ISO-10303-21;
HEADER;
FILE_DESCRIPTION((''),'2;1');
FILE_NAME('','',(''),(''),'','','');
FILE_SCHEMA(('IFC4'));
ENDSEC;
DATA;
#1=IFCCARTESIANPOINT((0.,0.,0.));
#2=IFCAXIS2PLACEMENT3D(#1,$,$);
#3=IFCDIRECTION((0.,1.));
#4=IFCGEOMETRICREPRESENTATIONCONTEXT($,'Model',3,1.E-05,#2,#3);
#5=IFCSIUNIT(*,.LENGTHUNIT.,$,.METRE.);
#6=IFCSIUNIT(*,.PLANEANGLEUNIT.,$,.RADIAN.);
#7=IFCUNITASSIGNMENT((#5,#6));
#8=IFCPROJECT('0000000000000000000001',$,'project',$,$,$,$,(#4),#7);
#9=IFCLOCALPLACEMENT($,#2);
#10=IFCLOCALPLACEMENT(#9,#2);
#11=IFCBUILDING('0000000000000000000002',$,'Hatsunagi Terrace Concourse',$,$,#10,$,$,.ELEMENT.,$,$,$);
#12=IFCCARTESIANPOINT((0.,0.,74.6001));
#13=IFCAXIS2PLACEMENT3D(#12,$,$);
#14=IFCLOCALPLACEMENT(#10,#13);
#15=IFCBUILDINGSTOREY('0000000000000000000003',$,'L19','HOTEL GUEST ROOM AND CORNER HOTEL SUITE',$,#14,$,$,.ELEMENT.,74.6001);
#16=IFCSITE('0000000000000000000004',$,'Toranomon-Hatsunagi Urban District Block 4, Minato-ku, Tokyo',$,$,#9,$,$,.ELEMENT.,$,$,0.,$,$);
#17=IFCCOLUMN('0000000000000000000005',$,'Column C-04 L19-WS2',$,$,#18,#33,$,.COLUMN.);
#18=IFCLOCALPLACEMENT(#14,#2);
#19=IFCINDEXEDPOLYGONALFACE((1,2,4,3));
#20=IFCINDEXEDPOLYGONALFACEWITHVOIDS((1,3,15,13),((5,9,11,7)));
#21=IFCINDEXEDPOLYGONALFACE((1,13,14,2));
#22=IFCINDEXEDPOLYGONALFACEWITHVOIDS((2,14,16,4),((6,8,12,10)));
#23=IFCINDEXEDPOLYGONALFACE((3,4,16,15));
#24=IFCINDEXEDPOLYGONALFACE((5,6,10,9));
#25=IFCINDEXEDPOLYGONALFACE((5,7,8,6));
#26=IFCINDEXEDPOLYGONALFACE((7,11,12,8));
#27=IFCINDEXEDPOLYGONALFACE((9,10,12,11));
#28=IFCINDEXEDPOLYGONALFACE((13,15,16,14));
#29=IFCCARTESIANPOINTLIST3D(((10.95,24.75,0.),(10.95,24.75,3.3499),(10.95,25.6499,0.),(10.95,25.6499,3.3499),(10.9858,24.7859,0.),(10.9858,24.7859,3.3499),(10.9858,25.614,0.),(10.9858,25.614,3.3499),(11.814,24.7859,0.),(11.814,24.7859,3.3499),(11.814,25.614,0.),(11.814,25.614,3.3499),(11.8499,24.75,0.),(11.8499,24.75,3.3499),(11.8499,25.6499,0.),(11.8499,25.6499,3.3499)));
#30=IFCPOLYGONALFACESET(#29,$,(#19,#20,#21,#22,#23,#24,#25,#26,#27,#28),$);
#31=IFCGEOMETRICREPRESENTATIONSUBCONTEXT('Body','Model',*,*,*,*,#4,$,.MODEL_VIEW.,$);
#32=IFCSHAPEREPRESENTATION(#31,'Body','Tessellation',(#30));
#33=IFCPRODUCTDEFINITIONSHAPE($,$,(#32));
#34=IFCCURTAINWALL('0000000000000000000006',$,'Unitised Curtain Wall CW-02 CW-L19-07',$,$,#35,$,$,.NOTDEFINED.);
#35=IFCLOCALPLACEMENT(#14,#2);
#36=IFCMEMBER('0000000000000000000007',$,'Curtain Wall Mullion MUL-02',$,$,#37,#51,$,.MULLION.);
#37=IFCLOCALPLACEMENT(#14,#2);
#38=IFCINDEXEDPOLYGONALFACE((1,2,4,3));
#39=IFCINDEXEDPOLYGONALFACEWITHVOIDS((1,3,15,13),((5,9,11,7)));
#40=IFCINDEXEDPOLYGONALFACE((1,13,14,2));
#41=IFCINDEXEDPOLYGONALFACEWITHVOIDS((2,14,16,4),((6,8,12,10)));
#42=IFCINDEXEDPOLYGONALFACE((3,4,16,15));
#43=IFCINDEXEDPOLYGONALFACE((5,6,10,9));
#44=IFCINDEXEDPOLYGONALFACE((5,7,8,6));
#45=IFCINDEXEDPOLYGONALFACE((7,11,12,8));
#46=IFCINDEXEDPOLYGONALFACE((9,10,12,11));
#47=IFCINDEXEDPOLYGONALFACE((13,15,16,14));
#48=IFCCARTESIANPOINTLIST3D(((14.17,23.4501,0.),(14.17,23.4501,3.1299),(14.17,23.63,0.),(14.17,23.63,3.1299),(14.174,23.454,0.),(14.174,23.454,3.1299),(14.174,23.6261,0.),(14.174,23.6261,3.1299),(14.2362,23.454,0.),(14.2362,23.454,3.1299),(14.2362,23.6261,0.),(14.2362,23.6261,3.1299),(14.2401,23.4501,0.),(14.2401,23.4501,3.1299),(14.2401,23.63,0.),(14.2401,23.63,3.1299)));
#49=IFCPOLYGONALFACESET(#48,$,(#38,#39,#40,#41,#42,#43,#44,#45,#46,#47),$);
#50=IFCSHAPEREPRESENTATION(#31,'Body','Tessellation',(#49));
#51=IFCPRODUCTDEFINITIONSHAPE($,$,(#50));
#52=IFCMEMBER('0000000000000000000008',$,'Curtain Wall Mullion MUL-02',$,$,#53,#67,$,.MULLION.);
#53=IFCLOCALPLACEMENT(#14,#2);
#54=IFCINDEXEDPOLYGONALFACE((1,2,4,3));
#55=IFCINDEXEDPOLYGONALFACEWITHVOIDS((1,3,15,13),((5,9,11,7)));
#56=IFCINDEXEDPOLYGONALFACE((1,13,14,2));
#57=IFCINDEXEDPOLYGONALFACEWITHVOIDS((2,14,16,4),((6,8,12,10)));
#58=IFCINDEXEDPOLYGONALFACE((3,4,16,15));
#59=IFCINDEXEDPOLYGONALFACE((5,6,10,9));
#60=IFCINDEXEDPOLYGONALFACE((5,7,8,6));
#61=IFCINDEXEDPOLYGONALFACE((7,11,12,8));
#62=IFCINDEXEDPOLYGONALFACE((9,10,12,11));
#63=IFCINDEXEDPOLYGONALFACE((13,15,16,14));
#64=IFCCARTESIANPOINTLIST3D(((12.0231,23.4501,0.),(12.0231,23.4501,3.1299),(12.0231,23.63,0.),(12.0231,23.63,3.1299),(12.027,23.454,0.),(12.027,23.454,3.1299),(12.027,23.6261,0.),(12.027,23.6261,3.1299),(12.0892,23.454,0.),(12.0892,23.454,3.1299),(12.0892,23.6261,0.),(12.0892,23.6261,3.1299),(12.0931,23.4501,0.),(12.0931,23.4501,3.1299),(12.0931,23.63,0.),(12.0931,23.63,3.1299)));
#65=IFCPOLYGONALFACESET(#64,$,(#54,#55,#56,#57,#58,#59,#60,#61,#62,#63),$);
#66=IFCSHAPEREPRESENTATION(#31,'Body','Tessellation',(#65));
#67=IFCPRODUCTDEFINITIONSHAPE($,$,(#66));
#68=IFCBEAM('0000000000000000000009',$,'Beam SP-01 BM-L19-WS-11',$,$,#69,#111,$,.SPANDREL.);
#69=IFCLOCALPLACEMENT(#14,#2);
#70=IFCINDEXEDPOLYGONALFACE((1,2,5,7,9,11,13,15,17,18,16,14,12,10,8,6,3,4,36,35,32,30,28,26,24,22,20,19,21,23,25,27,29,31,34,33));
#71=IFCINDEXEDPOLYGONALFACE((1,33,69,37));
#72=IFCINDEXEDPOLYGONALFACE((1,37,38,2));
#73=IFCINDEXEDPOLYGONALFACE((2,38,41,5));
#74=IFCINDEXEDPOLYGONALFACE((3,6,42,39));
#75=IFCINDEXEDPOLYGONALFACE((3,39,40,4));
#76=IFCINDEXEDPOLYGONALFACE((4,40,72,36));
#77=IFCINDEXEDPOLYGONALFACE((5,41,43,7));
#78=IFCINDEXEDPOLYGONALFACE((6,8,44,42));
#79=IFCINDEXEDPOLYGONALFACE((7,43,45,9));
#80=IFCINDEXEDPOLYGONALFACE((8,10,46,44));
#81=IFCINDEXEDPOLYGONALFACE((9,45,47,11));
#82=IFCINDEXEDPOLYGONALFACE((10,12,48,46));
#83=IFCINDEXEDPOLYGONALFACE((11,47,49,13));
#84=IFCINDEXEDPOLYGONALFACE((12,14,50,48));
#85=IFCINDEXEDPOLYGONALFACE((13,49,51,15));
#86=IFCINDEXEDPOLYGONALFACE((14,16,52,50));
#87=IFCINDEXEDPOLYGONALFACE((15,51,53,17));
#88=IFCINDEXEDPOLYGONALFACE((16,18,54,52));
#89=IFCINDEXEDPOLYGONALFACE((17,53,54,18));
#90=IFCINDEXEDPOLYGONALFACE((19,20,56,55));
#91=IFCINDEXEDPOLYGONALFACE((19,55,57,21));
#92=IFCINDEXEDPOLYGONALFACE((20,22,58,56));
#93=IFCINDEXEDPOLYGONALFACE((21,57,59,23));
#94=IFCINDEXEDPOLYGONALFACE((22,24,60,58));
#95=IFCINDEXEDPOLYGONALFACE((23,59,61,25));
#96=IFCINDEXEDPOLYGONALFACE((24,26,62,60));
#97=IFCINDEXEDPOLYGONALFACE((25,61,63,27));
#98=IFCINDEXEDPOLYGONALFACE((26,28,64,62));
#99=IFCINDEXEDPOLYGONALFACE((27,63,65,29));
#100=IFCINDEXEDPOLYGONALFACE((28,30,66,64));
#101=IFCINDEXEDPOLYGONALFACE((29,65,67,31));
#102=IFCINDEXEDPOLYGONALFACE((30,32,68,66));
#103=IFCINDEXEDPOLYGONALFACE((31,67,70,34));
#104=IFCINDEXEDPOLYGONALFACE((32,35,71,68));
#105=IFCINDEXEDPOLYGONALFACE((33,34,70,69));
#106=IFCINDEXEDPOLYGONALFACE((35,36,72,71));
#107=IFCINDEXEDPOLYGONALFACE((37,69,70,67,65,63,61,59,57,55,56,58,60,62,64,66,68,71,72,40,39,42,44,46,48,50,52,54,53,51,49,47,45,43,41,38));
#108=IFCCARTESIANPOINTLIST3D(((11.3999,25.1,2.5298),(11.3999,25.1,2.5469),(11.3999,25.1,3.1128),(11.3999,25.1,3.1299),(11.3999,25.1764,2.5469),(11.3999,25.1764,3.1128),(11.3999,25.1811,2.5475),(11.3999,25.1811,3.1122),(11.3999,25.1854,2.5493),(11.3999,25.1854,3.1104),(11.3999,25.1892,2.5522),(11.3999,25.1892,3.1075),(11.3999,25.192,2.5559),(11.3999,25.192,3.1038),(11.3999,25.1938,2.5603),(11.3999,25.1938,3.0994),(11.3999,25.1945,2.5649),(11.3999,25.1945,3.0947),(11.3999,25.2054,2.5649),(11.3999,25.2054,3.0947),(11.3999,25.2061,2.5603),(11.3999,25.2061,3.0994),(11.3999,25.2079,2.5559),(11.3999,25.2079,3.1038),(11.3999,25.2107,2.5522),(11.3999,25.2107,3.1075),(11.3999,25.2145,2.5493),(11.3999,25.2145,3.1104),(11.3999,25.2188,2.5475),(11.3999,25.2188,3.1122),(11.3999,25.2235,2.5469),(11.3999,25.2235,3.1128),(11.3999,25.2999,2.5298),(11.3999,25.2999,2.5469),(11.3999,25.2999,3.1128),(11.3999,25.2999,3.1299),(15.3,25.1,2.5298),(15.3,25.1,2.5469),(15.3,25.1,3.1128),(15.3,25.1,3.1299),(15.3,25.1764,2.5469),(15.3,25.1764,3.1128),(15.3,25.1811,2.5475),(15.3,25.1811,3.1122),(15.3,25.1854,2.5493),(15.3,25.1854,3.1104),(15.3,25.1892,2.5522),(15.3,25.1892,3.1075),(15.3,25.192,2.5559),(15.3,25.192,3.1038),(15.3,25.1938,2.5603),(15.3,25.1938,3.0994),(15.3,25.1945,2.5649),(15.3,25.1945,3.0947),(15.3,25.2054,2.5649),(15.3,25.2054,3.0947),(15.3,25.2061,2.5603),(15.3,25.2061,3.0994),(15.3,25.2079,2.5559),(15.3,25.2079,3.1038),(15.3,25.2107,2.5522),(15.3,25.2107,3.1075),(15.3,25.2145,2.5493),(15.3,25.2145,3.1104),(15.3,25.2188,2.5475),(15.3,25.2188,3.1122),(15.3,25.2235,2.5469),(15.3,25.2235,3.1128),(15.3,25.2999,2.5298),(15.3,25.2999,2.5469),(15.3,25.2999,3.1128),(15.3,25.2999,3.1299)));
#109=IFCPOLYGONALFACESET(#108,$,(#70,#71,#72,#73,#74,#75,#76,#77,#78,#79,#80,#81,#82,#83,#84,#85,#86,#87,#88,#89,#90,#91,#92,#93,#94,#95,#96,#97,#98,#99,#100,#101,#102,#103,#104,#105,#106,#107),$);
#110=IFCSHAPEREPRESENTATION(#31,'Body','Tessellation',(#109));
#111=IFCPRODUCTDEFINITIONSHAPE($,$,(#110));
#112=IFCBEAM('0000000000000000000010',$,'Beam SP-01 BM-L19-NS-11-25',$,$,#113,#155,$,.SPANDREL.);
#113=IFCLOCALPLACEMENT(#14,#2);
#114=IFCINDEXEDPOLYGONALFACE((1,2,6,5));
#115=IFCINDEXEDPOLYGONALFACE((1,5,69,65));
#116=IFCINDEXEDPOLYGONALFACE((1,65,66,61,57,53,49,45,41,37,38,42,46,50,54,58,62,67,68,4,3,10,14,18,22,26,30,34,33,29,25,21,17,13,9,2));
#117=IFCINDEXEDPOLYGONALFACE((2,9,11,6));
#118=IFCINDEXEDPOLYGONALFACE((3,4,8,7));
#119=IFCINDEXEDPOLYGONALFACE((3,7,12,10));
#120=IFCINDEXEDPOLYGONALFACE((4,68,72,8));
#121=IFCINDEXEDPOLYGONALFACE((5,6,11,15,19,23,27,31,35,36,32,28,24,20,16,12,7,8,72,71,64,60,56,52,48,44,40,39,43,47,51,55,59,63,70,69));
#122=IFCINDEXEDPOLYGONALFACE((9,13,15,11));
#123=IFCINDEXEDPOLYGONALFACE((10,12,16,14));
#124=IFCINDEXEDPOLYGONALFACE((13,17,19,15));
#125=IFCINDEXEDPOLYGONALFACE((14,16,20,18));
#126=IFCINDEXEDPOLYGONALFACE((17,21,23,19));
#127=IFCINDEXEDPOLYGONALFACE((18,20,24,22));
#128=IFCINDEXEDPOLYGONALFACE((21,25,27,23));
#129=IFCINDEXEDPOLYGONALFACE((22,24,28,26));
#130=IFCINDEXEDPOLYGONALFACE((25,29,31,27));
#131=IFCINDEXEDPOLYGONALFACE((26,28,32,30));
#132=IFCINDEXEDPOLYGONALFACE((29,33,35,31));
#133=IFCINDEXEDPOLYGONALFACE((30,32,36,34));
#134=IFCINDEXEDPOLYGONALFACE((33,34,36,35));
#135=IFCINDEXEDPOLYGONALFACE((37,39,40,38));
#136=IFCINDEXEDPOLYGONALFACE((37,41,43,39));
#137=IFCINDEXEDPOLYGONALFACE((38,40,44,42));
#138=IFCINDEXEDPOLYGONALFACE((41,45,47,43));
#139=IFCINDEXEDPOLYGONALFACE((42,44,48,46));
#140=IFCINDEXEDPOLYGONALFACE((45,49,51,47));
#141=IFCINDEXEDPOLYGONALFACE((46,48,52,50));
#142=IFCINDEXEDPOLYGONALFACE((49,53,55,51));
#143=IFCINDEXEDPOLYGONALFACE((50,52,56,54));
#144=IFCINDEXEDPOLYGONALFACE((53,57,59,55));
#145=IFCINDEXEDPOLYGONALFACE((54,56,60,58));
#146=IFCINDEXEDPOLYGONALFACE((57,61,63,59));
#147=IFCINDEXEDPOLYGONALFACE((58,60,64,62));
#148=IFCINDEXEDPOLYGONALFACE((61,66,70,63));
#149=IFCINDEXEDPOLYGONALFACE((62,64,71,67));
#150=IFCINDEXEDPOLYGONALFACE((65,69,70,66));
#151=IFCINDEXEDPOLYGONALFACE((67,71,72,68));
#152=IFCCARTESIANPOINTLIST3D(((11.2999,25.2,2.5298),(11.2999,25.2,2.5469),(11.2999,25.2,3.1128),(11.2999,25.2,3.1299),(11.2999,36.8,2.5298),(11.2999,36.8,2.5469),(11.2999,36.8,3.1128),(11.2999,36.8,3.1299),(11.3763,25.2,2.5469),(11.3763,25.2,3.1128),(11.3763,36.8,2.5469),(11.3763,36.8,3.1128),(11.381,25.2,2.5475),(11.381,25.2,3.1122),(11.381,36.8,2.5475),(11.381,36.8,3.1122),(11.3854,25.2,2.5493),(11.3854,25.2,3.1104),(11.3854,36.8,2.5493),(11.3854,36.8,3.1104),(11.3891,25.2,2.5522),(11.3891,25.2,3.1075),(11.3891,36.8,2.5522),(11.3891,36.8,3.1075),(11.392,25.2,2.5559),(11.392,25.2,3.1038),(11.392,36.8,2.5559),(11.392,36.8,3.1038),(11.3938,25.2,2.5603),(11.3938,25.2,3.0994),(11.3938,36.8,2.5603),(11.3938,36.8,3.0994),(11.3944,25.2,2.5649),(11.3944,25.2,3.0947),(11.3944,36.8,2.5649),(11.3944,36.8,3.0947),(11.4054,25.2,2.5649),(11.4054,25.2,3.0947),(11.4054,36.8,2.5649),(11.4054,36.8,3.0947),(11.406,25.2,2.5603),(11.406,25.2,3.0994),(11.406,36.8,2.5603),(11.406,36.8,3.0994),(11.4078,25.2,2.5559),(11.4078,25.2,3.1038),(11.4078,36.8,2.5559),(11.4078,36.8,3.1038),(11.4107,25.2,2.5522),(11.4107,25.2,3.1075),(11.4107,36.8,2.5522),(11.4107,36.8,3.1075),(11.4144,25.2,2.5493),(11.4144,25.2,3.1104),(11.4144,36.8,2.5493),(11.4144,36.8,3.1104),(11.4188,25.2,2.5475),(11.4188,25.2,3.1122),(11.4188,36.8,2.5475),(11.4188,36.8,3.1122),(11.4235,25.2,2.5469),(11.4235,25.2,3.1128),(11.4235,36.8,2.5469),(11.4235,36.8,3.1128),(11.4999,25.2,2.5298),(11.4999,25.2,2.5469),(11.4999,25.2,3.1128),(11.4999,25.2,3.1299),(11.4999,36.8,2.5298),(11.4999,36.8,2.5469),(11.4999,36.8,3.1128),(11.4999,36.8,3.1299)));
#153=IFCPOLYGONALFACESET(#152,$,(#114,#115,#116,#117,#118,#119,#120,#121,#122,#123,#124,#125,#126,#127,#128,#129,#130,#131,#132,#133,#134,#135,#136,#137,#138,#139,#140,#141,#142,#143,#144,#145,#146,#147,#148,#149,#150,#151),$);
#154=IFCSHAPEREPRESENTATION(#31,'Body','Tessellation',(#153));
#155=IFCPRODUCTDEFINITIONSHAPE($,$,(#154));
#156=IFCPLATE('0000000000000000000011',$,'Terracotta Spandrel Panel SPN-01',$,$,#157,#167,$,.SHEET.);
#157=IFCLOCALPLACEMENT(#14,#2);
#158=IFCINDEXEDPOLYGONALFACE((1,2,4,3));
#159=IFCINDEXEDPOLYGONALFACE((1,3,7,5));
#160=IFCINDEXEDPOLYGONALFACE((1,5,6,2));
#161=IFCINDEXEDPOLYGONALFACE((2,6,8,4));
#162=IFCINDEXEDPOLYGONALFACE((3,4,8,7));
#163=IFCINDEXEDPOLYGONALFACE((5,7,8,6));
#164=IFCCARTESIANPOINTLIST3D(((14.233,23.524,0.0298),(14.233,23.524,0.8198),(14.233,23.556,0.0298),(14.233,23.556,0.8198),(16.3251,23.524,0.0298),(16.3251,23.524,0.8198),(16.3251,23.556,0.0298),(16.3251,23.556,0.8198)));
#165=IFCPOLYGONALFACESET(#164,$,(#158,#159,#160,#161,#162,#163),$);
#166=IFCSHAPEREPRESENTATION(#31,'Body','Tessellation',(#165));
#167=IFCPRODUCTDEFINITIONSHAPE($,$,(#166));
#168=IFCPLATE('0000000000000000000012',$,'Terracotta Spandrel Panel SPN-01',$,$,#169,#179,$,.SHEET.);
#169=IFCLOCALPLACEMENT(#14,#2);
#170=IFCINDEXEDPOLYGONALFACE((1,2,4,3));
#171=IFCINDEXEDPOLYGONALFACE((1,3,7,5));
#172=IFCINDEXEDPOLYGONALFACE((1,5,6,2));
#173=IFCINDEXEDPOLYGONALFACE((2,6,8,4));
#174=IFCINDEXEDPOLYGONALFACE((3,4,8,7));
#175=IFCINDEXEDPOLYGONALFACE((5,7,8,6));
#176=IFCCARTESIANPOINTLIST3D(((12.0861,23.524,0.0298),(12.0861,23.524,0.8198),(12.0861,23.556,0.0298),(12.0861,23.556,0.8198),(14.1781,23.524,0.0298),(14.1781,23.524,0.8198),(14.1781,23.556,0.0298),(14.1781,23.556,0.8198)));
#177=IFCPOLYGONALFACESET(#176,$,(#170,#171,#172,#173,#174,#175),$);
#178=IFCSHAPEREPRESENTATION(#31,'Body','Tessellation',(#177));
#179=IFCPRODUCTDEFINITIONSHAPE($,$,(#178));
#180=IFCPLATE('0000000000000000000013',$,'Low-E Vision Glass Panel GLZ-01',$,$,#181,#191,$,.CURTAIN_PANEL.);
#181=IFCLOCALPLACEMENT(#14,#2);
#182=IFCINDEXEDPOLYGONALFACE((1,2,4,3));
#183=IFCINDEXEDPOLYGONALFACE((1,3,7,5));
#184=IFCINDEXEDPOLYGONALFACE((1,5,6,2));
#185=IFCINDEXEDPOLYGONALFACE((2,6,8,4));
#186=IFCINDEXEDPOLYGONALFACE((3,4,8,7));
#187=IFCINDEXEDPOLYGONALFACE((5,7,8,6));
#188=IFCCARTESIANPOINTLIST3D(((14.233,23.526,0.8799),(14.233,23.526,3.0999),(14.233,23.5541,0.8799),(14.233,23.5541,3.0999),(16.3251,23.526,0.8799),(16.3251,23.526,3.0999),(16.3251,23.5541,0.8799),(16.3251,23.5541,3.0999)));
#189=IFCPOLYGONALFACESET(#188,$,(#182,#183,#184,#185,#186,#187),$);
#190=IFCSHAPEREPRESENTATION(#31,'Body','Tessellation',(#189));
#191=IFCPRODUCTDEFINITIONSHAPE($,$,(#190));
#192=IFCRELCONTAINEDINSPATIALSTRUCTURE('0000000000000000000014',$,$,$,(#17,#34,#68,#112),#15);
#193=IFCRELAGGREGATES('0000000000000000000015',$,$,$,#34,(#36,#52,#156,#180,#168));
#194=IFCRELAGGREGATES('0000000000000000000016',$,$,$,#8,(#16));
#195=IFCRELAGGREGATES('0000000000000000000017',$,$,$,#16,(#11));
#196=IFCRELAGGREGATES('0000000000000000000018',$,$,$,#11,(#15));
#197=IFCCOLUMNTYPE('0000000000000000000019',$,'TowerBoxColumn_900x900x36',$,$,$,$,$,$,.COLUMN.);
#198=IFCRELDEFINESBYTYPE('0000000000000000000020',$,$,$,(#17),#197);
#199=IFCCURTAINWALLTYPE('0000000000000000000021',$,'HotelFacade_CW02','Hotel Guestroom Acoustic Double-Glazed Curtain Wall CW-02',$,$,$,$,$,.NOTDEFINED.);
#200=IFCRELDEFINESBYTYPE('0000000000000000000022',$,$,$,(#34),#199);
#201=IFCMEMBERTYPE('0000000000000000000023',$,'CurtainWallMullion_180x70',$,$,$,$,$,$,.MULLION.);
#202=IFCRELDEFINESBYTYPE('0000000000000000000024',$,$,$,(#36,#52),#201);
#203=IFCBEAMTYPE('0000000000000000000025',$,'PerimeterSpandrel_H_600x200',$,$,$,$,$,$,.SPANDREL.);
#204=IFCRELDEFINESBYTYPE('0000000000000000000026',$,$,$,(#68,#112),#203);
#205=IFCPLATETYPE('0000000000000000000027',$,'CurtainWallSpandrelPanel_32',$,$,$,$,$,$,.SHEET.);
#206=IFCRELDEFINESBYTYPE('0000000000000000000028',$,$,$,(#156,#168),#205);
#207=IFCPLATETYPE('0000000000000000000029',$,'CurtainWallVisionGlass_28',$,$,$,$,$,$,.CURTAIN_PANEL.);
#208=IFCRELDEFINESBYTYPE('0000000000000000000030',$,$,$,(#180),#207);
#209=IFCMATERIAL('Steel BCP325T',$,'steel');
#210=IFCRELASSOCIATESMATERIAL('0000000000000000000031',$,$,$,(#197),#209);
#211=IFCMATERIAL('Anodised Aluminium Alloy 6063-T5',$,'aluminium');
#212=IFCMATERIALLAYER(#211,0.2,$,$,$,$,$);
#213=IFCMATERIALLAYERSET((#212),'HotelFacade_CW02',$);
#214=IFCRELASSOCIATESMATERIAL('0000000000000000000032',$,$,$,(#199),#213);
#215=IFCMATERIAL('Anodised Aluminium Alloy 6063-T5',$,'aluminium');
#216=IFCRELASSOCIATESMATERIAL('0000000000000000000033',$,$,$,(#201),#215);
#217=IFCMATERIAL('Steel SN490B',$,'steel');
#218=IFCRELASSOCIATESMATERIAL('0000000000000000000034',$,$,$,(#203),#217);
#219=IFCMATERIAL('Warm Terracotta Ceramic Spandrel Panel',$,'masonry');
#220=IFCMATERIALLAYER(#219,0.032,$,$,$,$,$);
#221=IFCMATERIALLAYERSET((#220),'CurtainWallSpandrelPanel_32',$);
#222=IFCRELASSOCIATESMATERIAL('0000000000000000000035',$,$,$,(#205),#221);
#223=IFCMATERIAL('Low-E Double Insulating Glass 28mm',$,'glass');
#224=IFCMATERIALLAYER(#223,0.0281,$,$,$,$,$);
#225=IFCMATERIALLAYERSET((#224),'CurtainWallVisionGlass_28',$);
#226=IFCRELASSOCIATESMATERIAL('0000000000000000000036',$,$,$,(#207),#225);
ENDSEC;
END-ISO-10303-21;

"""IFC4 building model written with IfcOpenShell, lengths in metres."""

from ifc_helpers import new_model, si_unit, direction, frame, origin, origin_2d, place, context, subcontext, project, spatial, rectangle, hollow_rectangle, i_section, extrude, material, layer, layer_set, material_profile, profile_set, type_object, element, aggregate, save


model = new_model("IFC4")

# Units and contexts
model_context = context("Model", 3, precision=1e-05, world=origin(), true_north=direction((0.0, 1.0)))
body_context = subcontext(model_context, "Body", "Model", "MODEL_VIEW")
ifc_project = project(units=[si_unit("LENGTHUNIT", "METRE"), si_unit("PLANEANGLEUNIT", "RADIAN")], contexts=[model_context])

# Site, building, storey
site_placement = place(None, origin())
site = spatial("IfcSite", under=ifc_project, at=site_placement, Name="Toranomon-Hatsunagi Urban District Block 4, Minato-ku, Tokyo", CompositionType="ELEMENT", RefElevation=0.0)
building_placement = place(site_placement, origin())
building = spatial("IfcBuilding", under=site, at=building_placement, Name="Hatsunagi Terrace Concourse", CompositionType="ELEMENT")
storey_placement = place(building_placement, frame((0.0, 0.0, 74.6001)))
storey = spatial("IfcBuildingStorey", under=building, at=storey_placement, Name="L19", Description="HOTEL GUEST ROOM AND CORNER HOTEL SUITE", CompositionType="ELEMENT", Elevation=74.6001)

# Column
ifc_material_1 = material(Name="Steel BCP325T", Category="steel")
ifc_material_profile_1 = material_profile(ifc_material_1, hollow_rectangle(XDim=0.8999, YDim=0.8999, WallThickness=0.0359, at=origin_2d()), Name="BCP-900x900x36")
ifc_profile_set_1 = profile_set([ifc_material_profile_1], Name="Steel BCP325T")
column_type = type_object("IfcColumnType", Name="TowerBoxColumn_900x900x36", PredefinedType="COLUMN", material=ifc_profile_set_1)
column_placement = place(storey_placement, frame((11.3999, 25.2, 0.0), z_axis=(0.0, 0.0, 1.0), x_axis=(1.0, 0.0, 0.0)))
element("IfcColumn", 1, at=column_placement, inside=storey, type_object=column_type, Name="Column C-04 L19-WS2", PredefinedType="COLUMN", context=body_context, shape_type="SweptSolid", body=[
    extrude(hollow_rectangle(XDim=0.8999, YDim=0.8999, WallThickness=0.0359, at=origin_2d()), origin(), (0.0, 0.0, 1.0), 3.3499),
])

# Curtain wall, members
ifc_material_2 = material(Name="Anodised Aluminium Alloy 6063-T5", Category="aluminium")
ifc_layer_1 = layer(ifc_material_2, 0.2)
ifc_layer_set_1 = layer_set([ifc_layer_1], Name="HotelFacade_CW02")
curtain_wall_type = type_object("IfcCurtainWallType", Name="HotelFacade_CW02", Description="Hotel Guestroom Acoustic Double-Glazed Curtain Wall CW-02", PredefinedType="NOTDEFINED", material=ifc_layer_set_1)
curtain_wall_placement = place(storey_placement, origin())
curtain_wall = element("IfcCurtainWall", 2, at=curtain_wall_placement, inside=storey, type_object=curtain_wall_type, Name="Unitised Curtain Wall CW-02 CW-L19-07", PredefinedType="NOTDEFINED")
ifc_material_3 = material(Name="Anodised Aluminium Alloy 6063-T5", Category="aluminium")
ifc_material_profile_2 = material_profile(ifc_material_3, hollow_rectangle(XDim=0.0701, YDim=0.1799, WallThickness=0.0039, at=origin_2d()), Name="ALU-MUL-180x70x4")
ifc_profile_set_2 = profile_set([ifc_material_profile_2], Name="Anodised Aluminium Alloy 6063-T5")
member_type = type_object("IfcMemberType", Name="CurtainWallMullion_180x70", PredefinedType="MULLION", material=ifc_profile_set_2)
member_1_placement = place(storey_placement, frame((14.2051, 23.54, 0.0), z_axis=(0.0, 0.0, 1.0), x_axis=(-1.0, 0.0, 0.0)))
member_1 = element("IfcMember", 3, at=member_1_placement, type_object=member_type, Name="Curtain Wall Mullion MUL-02", PredefinedType="MULLION", context=body_context, shape_type="SweptSolid", body=[
    extrude(hollow_rectangle(XDim=0.0701, YDim=0.1799, WallThickness=0.0039, at=origin_2d()), origin(), (0.0, 0.0, 1.0), 3.1299),
])
member_2_placement = place(storey_placement, frame((12.0581, 23.54, 0.0), z_axis=(0.0, 0.0, 1.0), x_axis=(-1.0, 0.0, 0.0)))
member_2 = element("IfcMember", 4, at=member_2_placement, type_object=member_type, Name="Curtain Wall Mullion MUL-02", PredefinedType="MULLION", context=body_context, shape_type="SweptSolid", body=[
    extrude(hollow_rectangle(XDim=0.0701, YDim=0.1799, WallThickness=0.0039, at=origin_2d()), origin(), (0.0, 0.0, 1.0), 3.1299),
])

# Beams
ifc_material_4 = material(Name="Steel SN490B", Category="steel")
ifc_material_profile_3 = material_profile(ifc_material_4, i_section(OverallWidth=0.2, OverallDepth=0.6001, WebThickness=0.011, FlangeThickness=0.0171, FilletRadius=0.0181, at=origin_2d()), Name="H-600x200x11x17")
ifc_profile_set_3 = profile_set([ifc_material_profile_3], Name="Steel SN490B")
beam_type = type_object("IfcBeamType", Name="PerimeterSpandrel_H_600x200", PredefinedType="SPANDREL", material=ifc_profile_set_3)
beam_1_placement = place(storey_placement, frame((11.3999, 25.2, 2.8298), z_axis=(1.0, 0.0, 0.0), x_axis=(0.0, 1.0, 0.0)))
element("IfcBeam", 5, at=beam_1_placement, inside=storey, type_object=beam_type, Name="Beam SP-01 BM-L19-WS-11", PredefinedType="SPANDREL", context=body_context, shape_type="SweptSolid", body=[
    extrude(i_section(OverallWidth=0.2, OverallDepth=0.6001, WebThickness=0.011, FlangeThickness=0.0171, FilletRadius=0.0181, at=origin_2d()), origin(), (0.0, 0.0, 1.0), 3.9001),
])
beam_2_placement = place(storey_placement, frame((11.3999, 25.2, 2.8298), z_axis=(0.0, 1.0, 0.0), x_axis=(-1.0, 0.0, 0.0)))
element("IfcBeam", 6, at=beam_2_placement, inside=storey, type_object=beam_type, Name="Beam SP-01 BM-L19-NS-11-25", PredefinedType="SPANDREL", context=body_context, shape_type="SweptSolid", body=[
    extrude(i_section(OverallWidth=0.2, OverallDepth=0.6001, WebThickness=0.011, FlangeThickness=0.0171, FilletRadius=0.0181, at=origin_2d()), origin(), (0.0, 0.0, 1.0), 11.6001),
])

# Plates
ifc_material_5 = material(Name="Warm Terracotta Ceramic Spandrel Panel", Category="masonry")
ifc_layer_2 = layer(ifc_material_5, 0.032)
ifc_layer_set_2 = layer_set([ifc_layer_2], Name="CurtainWallSpandrelPanel_32")
plate_type_1 = type_object("IfcPlateType", Name="CurtainWallSpandrelPanel_32", PredefinedType="SHEET", material=ifc_layer_set_2)
plate_1_placement = place(storey_placement, frame((15.2791, 23.54, 0.0298), z_axis=(0.0, 0.0, 1.0), x_axis=(-1.0, 0.0, 0.0)))
plate_1 = element("IfcPlate", 7, at=plate_1_placement, type_object=plate_type_1, Name="Terracotta Spandrel Panel SPN-01", PredefinedType="SHEET", context=body_context, shape_type="SweptSolid", body=[
    extrude(rectangle(XDim=2.092, YDim=0.032, at=origin_2d()), origin(), (0.0, 0.0, 1.0), 0.79),
])
plate_2_placement = place(storey_placement, frame((13.1321, 23.54, 0.0298), z_axis=(0.0, 0.0, 1.0), x_axis=(-1.0, 0.0, 0.0)))
plate_2 = element("IfcPlate", 8, at=plate_2_placement, type_object=plate_type_1, Name="Terracotta Spandrel Panel SPN-01", PredefinedType="SHEET", context=body_context, shape_type="SweptSolid", body=[
    extrude(rectangle(XDim=2.092, YDim=0.032, at=origin_2d()), origin(), (0.0, 0.0, 1.0), 0.79),
])
ifc_material_6 = material(Name="Low-E Double Insulating Glass 28mm", Category="glass")
ifc_layer_3 = layer(ifc_material_6, 0.0281)
ifc_layer_set_3 = layer_set([ifc_layer_3], Name="CurtainWallVisionGlass_28")
plate_type_2 = type_object("IfcPlateType", Name="CurtainWallVisionGlass_28", PredefinedType="CURTAIN_PANEL", material=ifc_layer_set_3)
plate_3_placement = place(storey_placement, frame((15.2791, 23.54, 0.8799), z_axis=(0.0, 0.0, 1.0), x_axis=(-1.0, 0.0, 0.0)))
plate_3 = element("IfcPlate", 9, at=plate_3_placement, type_object=plate_type_2, Name="Low-E Vision Glass Panel GLZ-01", PredefinedType="CURTAIN_PANEL", context=body_context, shape_type="SweptSolid", body=[
    extrude(rectangle(XDim=2.092, YDim=0.0281, at=origin_2d()), origin(), (0.0, 0.0, 1.0), 2.22),
])
aggregate(curtain_wall, [member_1, member_2, plate_1, plate_3, plate_2])

save(model, "model.ifc")
